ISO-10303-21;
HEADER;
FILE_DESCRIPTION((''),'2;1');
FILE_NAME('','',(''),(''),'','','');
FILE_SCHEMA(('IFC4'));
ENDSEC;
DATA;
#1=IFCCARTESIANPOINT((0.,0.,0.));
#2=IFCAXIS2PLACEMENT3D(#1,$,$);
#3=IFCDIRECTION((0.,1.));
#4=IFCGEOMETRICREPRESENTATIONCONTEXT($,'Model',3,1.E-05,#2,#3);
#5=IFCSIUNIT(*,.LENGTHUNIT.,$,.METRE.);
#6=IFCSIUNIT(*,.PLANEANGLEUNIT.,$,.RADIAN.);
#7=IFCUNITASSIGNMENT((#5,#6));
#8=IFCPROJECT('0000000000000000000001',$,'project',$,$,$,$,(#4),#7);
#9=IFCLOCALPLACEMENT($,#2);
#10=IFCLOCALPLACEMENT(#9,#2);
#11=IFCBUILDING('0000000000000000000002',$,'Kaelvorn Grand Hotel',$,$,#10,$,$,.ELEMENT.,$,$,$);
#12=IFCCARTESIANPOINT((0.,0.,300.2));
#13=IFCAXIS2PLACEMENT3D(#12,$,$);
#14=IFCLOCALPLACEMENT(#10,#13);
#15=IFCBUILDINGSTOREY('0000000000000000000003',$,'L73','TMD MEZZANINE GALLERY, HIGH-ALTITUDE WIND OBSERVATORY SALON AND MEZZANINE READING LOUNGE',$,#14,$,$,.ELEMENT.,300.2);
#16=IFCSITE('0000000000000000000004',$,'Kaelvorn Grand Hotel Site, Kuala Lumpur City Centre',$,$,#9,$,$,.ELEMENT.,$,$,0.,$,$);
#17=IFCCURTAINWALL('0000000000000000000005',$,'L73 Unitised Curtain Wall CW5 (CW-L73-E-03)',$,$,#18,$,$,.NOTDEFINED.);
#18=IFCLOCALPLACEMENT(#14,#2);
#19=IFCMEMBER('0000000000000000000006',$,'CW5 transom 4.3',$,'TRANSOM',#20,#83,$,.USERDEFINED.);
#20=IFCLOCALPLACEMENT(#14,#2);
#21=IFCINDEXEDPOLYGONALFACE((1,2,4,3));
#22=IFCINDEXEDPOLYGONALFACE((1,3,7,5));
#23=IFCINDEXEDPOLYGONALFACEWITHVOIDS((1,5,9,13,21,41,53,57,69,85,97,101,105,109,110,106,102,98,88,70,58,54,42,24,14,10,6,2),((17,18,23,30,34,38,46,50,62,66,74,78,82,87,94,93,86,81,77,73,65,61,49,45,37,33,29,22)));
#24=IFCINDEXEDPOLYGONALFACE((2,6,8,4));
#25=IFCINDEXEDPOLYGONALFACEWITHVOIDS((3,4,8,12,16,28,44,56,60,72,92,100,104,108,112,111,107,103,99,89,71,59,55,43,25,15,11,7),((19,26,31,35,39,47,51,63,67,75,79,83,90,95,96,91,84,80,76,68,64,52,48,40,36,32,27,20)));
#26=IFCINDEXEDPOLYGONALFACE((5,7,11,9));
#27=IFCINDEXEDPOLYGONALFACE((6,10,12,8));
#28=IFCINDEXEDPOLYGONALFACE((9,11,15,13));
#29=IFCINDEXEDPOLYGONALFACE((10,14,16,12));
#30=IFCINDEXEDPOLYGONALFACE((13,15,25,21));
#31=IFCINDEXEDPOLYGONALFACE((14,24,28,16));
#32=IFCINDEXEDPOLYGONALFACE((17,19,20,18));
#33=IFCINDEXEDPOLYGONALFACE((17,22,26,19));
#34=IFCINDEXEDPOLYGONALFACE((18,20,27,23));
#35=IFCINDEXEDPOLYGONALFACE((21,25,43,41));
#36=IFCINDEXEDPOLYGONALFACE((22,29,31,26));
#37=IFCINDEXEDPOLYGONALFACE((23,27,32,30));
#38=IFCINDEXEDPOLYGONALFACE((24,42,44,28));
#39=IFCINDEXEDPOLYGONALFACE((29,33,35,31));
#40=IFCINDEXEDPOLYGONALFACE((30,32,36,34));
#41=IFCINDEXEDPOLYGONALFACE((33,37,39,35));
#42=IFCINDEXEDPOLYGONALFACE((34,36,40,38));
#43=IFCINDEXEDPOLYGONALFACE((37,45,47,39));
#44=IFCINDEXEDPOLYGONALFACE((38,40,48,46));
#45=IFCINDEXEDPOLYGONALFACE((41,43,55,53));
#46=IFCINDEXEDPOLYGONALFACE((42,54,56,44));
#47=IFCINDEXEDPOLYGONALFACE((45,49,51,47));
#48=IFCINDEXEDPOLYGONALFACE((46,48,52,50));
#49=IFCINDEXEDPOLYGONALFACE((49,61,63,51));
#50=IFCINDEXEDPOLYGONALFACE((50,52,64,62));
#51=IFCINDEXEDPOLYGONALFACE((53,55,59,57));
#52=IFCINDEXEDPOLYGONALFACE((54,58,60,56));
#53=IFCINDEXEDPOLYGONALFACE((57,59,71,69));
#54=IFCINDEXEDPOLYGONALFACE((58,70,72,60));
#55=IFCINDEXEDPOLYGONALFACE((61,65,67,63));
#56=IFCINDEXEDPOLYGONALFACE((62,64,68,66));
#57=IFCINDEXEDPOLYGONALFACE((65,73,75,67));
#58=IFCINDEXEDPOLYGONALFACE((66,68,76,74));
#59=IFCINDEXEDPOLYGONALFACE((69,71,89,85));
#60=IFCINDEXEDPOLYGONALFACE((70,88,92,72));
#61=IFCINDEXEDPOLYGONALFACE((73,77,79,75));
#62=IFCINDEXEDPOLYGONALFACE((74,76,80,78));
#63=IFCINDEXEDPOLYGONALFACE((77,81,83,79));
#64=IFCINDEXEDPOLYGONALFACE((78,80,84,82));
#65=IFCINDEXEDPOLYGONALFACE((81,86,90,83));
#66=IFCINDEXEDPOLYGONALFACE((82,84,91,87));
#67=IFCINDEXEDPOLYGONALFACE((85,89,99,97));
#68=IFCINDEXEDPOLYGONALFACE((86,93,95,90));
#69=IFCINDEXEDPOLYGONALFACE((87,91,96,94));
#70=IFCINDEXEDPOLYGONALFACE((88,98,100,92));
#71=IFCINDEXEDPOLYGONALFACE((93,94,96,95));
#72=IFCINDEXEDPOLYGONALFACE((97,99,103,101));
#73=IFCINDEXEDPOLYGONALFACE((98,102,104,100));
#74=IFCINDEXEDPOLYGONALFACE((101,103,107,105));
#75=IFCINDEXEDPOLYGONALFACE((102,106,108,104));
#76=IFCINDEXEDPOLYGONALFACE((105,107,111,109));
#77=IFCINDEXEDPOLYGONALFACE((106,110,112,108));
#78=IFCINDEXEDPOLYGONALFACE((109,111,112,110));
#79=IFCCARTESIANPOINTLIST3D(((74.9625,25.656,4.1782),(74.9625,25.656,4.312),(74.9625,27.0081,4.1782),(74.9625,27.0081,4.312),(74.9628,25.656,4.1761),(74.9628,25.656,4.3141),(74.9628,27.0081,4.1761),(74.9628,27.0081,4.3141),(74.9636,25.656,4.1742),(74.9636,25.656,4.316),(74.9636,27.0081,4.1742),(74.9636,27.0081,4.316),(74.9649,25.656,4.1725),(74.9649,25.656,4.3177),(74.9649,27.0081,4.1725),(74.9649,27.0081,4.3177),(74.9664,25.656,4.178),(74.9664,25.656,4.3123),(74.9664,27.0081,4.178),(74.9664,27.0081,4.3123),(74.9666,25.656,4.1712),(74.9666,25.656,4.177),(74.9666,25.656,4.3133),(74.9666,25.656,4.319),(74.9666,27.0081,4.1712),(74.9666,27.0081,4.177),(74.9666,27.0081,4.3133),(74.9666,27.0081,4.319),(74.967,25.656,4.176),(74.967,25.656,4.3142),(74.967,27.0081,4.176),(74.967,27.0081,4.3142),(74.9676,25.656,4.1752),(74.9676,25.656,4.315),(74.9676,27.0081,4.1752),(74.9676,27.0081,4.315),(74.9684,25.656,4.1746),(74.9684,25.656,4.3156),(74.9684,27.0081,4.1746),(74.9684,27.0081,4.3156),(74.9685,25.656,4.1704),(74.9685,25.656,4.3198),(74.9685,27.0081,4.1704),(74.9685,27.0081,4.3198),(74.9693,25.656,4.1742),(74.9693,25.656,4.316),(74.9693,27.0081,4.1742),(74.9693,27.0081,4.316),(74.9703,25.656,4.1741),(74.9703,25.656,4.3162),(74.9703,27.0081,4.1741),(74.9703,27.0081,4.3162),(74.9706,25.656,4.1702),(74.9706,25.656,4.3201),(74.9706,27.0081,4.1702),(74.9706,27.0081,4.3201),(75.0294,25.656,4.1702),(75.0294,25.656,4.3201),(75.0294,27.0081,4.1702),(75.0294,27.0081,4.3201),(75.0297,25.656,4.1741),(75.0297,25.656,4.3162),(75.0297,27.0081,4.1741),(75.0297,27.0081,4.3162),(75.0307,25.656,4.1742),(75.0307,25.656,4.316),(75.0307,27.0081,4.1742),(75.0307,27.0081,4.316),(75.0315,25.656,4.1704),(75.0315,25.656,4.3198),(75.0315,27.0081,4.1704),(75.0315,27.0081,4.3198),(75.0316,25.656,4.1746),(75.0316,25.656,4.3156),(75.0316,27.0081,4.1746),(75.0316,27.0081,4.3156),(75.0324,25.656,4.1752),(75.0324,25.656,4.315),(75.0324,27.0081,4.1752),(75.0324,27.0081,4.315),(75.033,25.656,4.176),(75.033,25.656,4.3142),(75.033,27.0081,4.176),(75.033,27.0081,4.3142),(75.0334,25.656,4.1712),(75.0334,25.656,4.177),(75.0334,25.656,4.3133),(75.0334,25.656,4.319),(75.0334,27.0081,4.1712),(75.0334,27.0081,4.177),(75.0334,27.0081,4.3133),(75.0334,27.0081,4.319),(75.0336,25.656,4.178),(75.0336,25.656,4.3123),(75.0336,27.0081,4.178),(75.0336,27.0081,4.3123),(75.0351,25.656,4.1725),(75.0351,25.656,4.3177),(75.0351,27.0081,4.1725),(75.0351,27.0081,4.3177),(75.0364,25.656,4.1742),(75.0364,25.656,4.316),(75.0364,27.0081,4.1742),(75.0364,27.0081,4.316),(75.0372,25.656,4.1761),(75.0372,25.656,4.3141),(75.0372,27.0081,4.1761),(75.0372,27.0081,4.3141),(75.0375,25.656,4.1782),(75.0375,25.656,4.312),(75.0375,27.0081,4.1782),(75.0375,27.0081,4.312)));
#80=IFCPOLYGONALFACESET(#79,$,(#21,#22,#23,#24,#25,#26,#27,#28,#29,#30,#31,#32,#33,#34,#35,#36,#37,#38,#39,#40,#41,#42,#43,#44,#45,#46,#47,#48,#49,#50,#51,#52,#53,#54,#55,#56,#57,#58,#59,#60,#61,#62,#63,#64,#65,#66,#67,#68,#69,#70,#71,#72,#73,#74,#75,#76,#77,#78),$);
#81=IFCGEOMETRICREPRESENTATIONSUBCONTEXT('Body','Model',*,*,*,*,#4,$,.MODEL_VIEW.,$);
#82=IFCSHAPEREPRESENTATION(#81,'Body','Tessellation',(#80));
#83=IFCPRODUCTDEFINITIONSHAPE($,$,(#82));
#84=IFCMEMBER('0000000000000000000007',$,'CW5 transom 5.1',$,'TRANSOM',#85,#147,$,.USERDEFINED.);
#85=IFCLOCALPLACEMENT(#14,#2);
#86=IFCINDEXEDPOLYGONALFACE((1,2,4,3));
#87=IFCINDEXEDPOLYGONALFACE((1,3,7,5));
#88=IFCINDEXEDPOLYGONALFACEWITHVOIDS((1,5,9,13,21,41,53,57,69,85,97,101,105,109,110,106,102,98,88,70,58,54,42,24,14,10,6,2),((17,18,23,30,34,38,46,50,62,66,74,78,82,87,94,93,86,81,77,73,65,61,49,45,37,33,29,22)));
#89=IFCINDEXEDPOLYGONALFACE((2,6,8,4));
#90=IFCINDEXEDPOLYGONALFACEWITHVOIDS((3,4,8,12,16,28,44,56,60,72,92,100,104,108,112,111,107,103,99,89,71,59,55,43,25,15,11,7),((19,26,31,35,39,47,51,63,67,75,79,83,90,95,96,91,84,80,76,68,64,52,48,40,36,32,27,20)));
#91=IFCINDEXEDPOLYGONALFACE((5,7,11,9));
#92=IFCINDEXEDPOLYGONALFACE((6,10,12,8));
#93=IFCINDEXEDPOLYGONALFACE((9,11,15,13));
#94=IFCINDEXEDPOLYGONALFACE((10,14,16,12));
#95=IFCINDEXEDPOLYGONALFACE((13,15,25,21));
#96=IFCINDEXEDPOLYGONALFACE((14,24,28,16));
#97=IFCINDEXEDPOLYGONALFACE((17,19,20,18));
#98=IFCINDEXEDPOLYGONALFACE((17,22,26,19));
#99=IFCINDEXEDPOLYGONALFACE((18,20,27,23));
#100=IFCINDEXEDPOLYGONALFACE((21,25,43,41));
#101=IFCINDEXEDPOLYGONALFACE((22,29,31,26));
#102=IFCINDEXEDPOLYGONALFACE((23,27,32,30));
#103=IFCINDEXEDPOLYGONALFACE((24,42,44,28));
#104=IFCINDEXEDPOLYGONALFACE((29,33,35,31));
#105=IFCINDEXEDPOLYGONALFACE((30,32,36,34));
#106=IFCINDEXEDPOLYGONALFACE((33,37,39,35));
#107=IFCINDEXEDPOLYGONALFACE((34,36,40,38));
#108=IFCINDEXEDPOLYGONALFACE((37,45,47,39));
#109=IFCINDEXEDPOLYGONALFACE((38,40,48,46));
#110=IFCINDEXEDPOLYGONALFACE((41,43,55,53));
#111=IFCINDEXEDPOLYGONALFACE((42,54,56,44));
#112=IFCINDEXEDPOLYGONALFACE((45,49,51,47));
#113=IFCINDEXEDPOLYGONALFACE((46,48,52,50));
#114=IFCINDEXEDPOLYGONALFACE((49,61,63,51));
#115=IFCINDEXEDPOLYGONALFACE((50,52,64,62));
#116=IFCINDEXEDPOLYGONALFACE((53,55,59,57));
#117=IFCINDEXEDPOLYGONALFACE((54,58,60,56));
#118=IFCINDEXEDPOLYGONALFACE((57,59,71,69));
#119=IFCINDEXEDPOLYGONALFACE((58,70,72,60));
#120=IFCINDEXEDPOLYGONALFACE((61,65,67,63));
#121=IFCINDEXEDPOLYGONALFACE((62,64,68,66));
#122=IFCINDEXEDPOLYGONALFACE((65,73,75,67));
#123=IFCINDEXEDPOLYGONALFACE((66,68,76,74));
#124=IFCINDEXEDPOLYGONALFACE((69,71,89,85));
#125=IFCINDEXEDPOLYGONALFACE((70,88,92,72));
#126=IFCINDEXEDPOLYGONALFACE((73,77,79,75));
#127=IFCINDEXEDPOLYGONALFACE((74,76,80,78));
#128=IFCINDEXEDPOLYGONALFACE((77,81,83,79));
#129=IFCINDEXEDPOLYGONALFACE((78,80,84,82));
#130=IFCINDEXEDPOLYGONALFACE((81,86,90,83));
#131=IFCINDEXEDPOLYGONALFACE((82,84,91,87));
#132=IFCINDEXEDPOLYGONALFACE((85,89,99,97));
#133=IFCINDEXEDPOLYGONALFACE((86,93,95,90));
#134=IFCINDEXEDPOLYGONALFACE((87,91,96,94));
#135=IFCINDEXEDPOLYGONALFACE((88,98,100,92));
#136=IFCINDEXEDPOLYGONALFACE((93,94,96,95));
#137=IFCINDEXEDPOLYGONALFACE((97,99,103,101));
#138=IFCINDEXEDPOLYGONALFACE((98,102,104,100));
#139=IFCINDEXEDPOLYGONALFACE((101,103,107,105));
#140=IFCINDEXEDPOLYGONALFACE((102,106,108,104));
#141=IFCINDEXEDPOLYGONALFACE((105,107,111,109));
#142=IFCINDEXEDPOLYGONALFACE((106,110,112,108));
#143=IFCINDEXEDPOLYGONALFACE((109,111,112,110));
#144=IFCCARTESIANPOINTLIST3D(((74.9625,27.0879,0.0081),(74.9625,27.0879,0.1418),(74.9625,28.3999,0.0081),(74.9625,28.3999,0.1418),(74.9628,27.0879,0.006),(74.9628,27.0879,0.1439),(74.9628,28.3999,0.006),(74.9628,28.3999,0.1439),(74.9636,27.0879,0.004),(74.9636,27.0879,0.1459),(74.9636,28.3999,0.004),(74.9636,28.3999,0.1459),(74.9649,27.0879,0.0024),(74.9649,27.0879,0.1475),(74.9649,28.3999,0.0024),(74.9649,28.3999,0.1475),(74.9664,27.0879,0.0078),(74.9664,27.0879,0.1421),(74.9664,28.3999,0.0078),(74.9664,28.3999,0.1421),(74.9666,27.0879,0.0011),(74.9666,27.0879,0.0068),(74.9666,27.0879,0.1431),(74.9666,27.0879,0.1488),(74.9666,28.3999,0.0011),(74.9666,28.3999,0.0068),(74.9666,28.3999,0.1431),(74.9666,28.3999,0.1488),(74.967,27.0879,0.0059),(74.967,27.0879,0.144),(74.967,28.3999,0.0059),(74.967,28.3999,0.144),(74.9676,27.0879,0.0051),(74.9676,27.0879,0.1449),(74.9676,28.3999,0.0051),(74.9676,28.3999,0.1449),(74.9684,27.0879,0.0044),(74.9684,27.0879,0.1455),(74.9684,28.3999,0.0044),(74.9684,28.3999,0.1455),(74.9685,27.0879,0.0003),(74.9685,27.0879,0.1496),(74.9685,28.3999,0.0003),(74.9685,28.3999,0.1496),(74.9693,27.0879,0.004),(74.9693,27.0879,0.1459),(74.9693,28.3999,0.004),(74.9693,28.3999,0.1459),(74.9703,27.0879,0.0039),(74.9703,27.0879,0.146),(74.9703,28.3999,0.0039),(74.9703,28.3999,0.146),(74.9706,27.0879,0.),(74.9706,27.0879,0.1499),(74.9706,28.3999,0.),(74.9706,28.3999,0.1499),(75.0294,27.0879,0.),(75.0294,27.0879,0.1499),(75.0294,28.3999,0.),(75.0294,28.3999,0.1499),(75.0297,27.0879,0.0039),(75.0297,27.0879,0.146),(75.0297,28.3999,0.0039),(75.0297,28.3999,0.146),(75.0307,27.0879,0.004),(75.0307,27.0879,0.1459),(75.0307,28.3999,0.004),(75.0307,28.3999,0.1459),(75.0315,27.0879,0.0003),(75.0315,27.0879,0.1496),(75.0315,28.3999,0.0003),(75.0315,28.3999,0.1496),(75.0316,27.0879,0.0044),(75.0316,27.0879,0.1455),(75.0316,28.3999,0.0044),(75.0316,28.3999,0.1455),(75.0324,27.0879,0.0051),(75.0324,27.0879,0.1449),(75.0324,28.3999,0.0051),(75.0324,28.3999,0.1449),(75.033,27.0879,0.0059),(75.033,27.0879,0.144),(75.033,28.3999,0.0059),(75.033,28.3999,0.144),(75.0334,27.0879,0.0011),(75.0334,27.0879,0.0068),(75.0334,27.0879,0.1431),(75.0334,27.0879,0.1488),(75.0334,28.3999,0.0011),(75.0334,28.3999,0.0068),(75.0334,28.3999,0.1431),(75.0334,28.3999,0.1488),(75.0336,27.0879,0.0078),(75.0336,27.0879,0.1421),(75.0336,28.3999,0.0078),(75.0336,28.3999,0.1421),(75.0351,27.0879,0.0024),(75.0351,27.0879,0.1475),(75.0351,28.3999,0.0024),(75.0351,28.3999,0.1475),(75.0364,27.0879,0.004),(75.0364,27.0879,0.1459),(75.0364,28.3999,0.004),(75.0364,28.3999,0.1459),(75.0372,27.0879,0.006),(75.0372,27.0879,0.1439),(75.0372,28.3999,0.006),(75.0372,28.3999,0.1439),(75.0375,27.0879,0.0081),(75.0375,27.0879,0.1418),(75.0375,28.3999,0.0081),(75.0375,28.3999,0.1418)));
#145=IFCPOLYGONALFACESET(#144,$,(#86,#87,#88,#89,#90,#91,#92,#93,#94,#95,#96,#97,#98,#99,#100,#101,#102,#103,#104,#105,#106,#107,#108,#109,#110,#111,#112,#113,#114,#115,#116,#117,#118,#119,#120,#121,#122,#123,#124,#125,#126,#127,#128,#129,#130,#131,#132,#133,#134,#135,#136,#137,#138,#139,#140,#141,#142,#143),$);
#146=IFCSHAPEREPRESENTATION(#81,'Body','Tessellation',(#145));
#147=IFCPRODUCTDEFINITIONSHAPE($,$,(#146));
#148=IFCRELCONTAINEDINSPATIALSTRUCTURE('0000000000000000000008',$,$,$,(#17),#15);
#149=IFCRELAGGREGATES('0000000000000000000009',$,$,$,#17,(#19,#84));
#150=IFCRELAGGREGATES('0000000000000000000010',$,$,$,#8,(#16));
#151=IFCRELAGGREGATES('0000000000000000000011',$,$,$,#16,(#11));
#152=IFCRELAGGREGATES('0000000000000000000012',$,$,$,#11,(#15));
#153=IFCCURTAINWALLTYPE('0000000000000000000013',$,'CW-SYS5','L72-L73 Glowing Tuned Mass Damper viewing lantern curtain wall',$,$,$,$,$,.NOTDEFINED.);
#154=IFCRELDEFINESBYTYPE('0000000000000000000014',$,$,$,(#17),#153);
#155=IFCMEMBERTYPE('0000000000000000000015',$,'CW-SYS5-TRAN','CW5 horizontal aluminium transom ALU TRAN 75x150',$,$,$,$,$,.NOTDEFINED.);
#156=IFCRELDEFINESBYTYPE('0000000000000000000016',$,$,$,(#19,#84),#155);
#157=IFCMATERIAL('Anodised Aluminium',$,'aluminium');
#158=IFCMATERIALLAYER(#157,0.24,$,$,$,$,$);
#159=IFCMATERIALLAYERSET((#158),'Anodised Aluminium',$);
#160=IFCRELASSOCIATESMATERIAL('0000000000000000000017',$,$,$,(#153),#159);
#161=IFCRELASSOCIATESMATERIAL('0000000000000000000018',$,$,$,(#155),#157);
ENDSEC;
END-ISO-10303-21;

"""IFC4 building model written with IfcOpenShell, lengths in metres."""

from ifc_helpers import new_model, si_unit, direction, frame, origin, origin_2d, place, context, subcontext, project, spatial, hollow_rectangle, extrude, material, layer, layer_set, material_profile, profile_set, type_object, element, aggregate, save


model = new_model("IFC4")

# Units and contexts
model_context = context("Model", 3, precision=1e-05, world=origin(), true_north=direction((0.0, 1.0)))
body_context = subcontext(model_context, "Body", "Model", "MODEL_VIEW")
ifc_project = project(units=[si_unit("LENGTHUNIT", "METRE"), si_unit("PLANEANGLEUNIT", "RADIAN")], contexts=[model_context])

# Site, building, storey
site_placement = place(None, origin())
site = spatial("IfcSite", under=ifc_project, at=site_placement, Name="Kaelvorn Grand Hotel Site, Kuala Lumpur City Centre", CompositionType="ELEMENT", RefElevation=0.0)
building_placement = place(site_placement, origin())
building = spatial("IfcBuilding", under=site, at=building_placement, Name="Kaelvorn Grand Hotel", CompositionType="ELEMENT")
storey_placement = place(building_placement, frame((0.0, 0.0, 300.2)))
storey = spatial("IfcBuildingStorey", under=building, at=storey_placement, Name="L73", Description="TMD MEZZANINE GALLERY, HIGH-ALTITUDE WIND OBSERVATORY SALON AND MEZZANINE READING LOUNGE", CompositionType="ELEMENT", Elevation=300.2)

# Curtain wall, members
ifc_material_1 = material(Name="Anodised Aluminium", Category="aluminium")
ifc_layer_1 = layer(ifc_material_1, 0.24)
ifc_layer_set_1 = layer_set([ifc_layer_1], Name="Anodised Aluminium")
curtain_wall_type = type_object("IfcCurtainWallType", Name="CW-SYS5", Description="L72-L73 Glowing Tuned Mass Damper viewing lantern curtain wall", PredefinedType="NOTDEFINED", material=ifc_layer_set_1)
curtain_wall_placement = place(storey_placement, origin())
curtain_wall = element("IfcCurtainWall", 1, at=curtain_wall_placement, inside=storey, type_object=curtain_wall_type, Name="L73 Unitised Curtain Wall CW5 (CW-L73-E-03)", PredefinedType="NOTDEFINED")
ifc_material_profile_1 = material_profile(ifc_material_1, hollow_rectangle(XDim=0.075, YDim=0.1499, WallThickness=0.0039, InnerFilletRadius=0.0039, OuterFilletRadius=0.0081, at=origin_2d()), Name="ALU TRAN 75x150")
ifc_profile_set_1 = profile_set([ifc_material_profile_1], Name="Anodised Aluminium")
member_type_1 = type_object("IfcMemberType", Name="CW-SYS5-TRAN", Description="CW5 horizontal aluminium transom ALU TRAN 75x150", PredefinedType="NOTDEFINED", material=ifc_profile_set_1)
member_1_placement = place(storey_placement, frame((75.0, 25.656, 4.2451), z_axis=(0.0, 1.0, 0.0), x_axis=(-1.0, 0.0, 0.0)))
member_1 = element("IfcMember", 2, at=member_1_placement, type_object=member_type_1, Name="CW5 transom 4.3", ObjectType="TRANSOM", PredefinedType="USERDEFINED", context=body_context, shape_type="SweptSolid", body=[
    extrude(hollow_rectangle(XDim=0.075, YDim=0.1499, WallThickness=0.0039, InnerFilletRadius=0.0039, OuterFilletRadius=0.0081, at=origin_2d()), origin(), (0.0, 0.0, 1.0), 1.3521),
])
member_2_placement = place(storey_placement, frame((75.0, 27.0879, 0.075), z_axis=(0.0, 1.0, 0.0), x_axis=(-1.0, 0.0, 0.0)))
member_2 = element("IfcMember", 3, at=member_2_placement, type_object=member_type_1, Name="CW5 transom 5.1", ObjectType="TRANSOM", PredefinedType="USERDEFINED", context=body_context, shape_type="SweptSolid", body=[
    extrude(hollow_rectangle(XDim=0.075, YDim=0.1499, WallThickness=0.0039, InnerFilletRadius=0.0039, OuterFilletRadius=0.0081, at=origin_2d()), origin(), (0.0, 0.0, 1.0), 1.312),
])
aggregate(curtain_wall, [member_1, member_2])

save(model, "model.ifc")
